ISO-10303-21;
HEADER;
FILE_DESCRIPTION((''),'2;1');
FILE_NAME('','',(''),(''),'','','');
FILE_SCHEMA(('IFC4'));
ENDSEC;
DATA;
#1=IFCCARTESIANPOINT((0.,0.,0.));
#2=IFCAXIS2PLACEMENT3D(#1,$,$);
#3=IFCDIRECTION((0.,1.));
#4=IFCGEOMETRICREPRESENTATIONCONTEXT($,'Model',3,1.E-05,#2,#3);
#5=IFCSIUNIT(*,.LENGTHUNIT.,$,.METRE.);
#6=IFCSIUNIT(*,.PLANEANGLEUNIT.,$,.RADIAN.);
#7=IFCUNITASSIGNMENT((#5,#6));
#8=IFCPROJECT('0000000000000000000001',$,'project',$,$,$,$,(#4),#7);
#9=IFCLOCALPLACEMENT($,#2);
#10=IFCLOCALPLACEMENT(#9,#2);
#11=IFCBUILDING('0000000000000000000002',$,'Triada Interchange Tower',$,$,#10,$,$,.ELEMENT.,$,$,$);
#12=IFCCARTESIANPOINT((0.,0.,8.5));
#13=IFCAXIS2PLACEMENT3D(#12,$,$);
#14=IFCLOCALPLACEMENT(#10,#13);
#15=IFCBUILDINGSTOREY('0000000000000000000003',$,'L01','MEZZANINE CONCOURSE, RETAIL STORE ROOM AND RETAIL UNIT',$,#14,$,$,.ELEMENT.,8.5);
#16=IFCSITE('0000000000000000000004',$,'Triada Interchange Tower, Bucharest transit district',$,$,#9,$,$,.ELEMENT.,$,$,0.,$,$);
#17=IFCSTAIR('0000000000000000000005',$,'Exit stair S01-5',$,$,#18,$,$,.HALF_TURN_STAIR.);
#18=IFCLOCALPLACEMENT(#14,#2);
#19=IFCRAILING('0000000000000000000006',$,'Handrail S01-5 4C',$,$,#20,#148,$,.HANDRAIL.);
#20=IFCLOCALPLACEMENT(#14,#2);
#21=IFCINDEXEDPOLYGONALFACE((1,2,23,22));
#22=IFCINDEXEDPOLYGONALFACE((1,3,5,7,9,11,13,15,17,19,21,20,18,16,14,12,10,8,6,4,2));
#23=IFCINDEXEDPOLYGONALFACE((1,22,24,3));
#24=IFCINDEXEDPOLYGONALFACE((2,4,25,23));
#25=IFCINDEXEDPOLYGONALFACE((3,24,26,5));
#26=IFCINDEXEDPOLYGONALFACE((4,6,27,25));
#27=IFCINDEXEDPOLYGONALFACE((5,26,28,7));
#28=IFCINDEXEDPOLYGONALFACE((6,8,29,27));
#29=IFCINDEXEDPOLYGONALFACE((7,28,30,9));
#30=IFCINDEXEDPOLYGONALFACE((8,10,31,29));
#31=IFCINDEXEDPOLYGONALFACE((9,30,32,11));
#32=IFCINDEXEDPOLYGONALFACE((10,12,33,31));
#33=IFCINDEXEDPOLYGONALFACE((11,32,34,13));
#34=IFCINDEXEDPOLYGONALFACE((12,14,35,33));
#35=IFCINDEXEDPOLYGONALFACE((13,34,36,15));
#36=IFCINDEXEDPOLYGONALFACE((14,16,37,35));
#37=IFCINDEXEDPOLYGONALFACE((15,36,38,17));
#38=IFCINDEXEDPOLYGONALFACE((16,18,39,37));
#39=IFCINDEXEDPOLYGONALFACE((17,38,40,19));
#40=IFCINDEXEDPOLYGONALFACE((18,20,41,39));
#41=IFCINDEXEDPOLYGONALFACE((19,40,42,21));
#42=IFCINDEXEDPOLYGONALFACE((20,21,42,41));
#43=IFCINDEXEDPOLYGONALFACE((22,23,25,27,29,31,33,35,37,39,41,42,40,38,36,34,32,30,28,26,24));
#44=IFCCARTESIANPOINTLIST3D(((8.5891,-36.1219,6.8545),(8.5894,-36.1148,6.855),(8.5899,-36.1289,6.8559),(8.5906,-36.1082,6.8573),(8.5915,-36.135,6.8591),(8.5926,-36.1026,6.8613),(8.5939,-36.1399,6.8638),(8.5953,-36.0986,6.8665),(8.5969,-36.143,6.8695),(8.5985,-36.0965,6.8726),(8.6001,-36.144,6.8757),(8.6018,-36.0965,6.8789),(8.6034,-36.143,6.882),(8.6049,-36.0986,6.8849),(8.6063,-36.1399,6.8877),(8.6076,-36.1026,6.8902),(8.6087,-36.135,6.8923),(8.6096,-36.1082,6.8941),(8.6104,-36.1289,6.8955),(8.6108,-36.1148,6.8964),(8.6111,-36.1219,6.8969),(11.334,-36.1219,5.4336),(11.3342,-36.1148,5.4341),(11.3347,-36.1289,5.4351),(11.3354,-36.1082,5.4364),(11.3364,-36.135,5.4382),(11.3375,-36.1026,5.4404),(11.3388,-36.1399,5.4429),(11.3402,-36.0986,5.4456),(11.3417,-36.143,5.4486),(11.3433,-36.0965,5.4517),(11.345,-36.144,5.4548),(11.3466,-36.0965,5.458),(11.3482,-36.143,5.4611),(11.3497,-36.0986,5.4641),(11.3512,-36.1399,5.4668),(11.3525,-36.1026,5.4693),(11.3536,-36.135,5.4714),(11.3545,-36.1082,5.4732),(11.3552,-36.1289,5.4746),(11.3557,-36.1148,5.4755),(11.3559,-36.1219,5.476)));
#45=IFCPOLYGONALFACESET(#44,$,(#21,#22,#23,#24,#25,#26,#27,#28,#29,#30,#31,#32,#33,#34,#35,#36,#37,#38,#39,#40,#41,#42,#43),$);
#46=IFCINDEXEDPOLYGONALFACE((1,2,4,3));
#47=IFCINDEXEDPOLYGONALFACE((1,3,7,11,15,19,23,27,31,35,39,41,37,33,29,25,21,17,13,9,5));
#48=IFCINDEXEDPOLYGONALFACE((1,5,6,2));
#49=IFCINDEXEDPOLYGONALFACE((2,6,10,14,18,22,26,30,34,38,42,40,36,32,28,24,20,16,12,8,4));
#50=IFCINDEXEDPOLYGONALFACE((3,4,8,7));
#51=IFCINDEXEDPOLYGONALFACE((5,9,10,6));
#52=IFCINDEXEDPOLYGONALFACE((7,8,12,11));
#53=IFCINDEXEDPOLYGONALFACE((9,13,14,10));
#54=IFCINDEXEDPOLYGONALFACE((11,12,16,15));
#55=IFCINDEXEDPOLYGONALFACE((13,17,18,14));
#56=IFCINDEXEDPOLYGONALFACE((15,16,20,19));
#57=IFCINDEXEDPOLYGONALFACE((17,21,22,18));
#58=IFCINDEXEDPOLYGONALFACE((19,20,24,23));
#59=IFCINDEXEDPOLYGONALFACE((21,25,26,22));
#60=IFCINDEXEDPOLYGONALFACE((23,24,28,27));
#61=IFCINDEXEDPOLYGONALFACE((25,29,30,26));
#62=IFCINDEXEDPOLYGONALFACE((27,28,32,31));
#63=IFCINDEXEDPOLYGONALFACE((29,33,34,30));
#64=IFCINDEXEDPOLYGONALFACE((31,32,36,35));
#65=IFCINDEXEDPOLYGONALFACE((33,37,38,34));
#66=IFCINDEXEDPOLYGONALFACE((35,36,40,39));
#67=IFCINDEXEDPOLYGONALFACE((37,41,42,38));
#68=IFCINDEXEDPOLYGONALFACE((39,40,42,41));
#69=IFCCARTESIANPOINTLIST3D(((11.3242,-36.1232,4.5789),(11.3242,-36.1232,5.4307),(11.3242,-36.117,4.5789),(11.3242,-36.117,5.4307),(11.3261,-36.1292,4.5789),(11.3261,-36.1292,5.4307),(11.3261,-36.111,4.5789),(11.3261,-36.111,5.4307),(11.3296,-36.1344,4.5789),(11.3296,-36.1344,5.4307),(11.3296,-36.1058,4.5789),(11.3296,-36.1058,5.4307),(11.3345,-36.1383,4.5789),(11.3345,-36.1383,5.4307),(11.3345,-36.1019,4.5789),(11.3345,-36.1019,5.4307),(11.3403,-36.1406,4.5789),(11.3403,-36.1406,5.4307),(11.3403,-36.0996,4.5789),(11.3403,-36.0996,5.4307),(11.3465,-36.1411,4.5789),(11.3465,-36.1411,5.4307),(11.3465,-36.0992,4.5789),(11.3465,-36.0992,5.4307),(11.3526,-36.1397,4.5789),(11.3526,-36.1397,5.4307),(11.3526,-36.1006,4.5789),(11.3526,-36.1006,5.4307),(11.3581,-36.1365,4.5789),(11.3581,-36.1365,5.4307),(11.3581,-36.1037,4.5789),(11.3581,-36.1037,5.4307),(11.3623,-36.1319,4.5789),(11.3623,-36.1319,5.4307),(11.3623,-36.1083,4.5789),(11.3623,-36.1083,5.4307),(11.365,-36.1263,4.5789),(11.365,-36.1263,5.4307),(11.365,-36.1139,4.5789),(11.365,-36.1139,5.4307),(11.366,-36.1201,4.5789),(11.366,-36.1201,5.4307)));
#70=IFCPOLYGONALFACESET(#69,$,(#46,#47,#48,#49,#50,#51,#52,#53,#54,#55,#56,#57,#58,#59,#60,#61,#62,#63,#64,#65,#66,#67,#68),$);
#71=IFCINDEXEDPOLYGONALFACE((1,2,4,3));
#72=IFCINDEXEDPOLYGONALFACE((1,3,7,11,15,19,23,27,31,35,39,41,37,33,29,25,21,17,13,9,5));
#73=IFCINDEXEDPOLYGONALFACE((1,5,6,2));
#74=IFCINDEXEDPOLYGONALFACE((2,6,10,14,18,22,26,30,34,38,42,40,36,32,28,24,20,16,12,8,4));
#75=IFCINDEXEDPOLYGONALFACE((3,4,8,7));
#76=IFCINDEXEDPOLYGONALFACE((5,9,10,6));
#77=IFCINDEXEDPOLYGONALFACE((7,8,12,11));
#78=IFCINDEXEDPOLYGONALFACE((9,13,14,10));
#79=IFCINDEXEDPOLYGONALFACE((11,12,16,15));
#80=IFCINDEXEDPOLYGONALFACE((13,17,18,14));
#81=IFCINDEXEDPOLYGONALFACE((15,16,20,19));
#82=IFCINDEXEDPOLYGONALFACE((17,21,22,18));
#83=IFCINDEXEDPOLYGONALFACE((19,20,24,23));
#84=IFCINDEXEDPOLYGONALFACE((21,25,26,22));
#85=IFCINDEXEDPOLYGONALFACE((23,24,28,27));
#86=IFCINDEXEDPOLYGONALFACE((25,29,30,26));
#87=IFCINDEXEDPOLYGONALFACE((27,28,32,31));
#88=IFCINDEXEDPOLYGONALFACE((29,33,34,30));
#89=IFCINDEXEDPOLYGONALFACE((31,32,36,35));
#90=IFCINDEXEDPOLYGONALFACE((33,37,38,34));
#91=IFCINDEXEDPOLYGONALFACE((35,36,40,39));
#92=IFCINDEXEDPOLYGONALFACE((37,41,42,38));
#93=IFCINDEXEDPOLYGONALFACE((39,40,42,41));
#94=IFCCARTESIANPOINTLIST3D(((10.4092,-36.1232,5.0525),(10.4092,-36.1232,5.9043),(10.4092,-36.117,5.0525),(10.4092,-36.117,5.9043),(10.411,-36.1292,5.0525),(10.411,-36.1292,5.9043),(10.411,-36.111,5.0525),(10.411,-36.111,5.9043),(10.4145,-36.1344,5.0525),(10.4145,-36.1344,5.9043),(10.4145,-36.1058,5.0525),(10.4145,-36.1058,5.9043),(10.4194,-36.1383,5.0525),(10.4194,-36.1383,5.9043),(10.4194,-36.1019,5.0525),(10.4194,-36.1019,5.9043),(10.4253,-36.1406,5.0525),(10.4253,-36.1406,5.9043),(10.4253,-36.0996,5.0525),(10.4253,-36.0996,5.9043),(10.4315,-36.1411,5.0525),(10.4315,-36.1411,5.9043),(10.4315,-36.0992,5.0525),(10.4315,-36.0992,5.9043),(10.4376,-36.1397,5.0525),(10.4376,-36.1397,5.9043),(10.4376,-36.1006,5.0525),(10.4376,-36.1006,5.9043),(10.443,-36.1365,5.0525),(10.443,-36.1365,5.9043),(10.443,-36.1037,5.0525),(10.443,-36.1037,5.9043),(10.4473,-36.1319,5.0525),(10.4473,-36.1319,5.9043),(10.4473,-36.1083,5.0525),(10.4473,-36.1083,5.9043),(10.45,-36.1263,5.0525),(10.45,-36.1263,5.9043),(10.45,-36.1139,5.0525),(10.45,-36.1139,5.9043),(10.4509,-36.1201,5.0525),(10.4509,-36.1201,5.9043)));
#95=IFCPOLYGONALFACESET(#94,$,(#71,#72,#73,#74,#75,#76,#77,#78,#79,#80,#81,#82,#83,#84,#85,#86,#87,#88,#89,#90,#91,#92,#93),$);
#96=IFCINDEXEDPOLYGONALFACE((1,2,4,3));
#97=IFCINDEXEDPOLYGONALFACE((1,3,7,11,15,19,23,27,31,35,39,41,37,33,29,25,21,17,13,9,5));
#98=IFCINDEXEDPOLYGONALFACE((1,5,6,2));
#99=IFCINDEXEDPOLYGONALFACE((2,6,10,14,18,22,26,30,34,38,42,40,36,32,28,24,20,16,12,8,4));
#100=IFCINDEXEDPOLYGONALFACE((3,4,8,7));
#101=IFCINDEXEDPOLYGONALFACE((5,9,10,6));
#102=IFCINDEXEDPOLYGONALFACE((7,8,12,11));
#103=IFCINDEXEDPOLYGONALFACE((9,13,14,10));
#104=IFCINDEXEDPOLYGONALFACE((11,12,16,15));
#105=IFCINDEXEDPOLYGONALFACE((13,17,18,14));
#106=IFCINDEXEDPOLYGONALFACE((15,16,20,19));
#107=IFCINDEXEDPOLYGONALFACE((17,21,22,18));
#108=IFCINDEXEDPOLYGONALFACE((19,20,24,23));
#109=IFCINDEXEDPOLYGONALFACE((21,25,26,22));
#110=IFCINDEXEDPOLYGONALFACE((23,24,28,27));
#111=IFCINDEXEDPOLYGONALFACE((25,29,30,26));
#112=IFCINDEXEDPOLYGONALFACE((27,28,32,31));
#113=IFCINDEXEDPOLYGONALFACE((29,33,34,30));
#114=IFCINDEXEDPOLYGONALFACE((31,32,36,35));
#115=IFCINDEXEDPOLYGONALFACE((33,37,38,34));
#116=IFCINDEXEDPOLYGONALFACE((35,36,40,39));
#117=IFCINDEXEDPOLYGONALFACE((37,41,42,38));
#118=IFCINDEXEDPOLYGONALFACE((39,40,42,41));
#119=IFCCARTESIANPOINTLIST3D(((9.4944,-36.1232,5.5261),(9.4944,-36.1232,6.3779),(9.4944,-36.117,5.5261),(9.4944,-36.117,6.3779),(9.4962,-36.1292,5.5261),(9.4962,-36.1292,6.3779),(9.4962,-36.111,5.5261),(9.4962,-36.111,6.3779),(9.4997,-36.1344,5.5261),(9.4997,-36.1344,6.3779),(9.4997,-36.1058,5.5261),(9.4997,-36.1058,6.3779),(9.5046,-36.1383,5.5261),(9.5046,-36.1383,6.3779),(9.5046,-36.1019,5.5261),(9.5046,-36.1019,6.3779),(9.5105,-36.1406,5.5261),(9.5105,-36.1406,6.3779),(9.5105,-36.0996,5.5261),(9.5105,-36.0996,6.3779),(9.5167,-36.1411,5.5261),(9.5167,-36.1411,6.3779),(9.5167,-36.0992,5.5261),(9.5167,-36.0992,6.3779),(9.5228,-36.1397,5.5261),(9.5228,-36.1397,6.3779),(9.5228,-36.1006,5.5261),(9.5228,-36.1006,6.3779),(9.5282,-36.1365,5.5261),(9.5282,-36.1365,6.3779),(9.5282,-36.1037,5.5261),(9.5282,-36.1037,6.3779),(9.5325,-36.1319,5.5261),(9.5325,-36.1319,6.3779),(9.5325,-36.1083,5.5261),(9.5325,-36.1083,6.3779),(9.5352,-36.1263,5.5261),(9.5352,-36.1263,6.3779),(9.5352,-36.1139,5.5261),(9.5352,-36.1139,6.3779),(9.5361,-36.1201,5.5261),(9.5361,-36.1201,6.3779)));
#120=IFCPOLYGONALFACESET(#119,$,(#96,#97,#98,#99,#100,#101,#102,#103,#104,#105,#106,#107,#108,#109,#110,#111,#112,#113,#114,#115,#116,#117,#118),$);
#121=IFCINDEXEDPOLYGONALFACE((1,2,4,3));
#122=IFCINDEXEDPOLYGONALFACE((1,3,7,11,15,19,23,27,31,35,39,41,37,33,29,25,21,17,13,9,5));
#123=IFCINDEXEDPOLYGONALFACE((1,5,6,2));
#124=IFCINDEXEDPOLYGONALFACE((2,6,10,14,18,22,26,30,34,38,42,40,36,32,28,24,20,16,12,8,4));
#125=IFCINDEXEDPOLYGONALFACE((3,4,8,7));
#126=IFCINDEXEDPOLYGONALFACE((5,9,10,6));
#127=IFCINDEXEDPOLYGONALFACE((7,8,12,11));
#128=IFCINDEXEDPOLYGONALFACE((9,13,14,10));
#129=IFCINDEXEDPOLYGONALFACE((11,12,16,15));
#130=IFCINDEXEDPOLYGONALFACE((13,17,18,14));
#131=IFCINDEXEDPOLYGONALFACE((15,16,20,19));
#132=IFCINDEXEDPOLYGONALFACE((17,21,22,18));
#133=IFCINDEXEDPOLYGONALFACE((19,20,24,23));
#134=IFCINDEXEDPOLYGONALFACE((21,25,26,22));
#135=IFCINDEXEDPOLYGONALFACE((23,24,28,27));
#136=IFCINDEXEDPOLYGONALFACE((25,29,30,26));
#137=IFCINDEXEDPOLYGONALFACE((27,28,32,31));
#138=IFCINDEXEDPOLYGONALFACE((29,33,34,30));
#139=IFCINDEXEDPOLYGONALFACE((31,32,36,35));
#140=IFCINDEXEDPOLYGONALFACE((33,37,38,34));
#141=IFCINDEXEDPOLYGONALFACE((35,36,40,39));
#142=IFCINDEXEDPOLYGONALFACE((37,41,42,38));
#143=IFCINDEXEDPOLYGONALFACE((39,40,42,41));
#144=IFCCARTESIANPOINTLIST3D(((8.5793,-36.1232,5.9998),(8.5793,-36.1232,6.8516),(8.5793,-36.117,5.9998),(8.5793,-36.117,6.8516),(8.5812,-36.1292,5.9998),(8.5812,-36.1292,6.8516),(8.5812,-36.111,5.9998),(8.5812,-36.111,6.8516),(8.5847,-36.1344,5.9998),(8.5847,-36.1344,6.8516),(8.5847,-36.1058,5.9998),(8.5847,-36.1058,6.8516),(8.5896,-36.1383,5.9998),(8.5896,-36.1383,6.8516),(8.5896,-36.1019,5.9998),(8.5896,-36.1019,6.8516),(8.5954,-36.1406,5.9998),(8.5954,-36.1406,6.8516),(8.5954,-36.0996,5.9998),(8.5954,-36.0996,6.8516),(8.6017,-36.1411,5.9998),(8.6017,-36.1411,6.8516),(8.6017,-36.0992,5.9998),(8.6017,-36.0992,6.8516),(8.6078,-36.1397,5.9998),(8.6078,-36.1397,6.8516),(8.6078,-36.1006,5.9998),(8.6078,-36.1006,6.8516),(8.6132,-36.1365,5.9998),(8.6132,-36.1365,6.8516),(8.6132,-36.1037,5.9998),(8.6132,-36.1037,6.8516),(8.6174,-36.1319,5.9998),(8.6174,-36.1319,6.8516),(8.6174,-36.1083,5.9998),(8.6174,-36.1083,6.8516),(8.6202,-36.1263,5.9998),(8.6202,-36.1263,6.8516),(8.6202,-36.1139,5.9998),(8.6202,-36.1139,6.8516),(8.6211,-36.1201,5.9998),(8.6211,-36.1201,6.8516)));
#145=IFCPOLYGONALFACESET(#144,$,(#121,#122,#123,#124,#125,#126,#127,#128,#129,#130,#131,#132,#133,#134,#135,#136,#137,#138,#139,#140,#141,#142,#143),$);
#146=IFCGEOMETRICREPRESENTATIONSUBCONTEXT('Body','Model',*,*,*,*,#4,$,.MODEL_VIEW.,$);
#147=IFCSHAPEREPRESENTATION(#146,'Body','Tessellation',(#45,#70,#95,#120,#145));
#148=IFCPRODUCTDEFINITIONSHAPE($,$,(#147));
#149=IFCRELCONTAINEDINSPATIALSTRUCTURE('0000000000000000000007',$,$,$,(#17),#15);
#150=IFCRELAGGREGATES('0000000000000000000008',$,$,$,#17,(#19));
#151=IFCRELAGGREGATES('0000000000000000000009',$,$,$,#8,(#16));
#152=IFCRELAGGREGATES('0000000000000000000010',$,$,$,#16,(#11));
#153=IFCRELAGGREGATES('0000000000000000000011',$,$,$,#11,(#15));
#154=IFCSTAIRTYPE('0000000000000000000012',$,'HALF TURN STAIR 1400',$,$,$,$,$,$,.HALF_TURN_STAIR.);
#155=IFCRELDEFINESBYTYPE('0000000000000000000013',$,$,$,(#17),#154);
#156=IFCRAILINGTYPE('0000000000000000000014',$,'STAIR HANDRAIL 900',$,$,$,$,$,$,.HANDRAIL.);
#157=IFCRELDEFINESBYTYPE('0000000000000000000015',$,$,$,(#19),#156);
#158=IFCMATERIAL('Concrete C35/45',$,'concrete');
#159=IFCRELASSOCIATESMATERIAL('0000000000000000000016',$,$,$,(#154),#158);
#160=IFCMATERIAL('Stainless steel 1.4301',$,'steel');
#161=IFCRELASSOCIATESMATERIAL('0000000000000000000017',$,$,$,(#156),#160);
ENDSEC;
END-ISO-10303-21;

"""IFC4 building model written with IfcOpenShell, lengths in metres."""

from ifc_helpers import new_model, si_unit, direction, frame, origin, origin_2d, place, context, subcontext, project, spatial, circle, extrude, material, type_object, element, aggregate, save


model = new_model("IFC4")

# Units and contexts
model_context = context("Model", 3, precision=1e-05, world=origin(), true_north=direction((0.0, 1.0)))
body_context = subcontext(model_context, "Body", "Model", "MODEL_VIEW")
ifc_project = project(units=[si_unit("LENGTHUNIT", "METRE"), si_unit("PLANEANGLEUNIT", "RADIAN")], contexts=[model_context])

# Site, building, storey
site_placement = place(None, origin())
site = spatial("IfcSite", under=ifc_project, at=site_placement, Name="Triada Interchange Tower, Bucharest transit district", CompositionType="ELEMENT", RefElevation=0.0)
building_placement = place(site_placement, origin())
building = spatial("IfcBuilding", under=site, at=building_placement, Name="Triada Interchange Tower", CompositionType="ELEMENT")
storey_placement = place(building_placement, frame((0.0, 0.0, 8.5)))
storey = spatial("IfcBuildingStorey", under=building, at=storey_placement, Name="L01", Description="MEZZANINE CONCOURSE, RETAIL STORE ROOM AND RETAIL UNIT", CompositionType="ELEMENT", Elevation=8.5)

# Stair, railing
ifc_material_1 = material(Name="Concrete C35/45", Category="concrete")
stair_type = type_object("IfcStairType", Name="HALF TURN STAIR 1400", PredefinedType="HALF_TURN_STAIR", material=ifc_material_1)
stair_placement = place(storey_placement, origin())
stair = element("IfcStair", 1, at=stair_placement, inside=storey, type_object=stair_type, Name="Exit stair S01-5", PredefinedType="HALF_TURN_STAIR")
ifc_material_2 = material(Name="Stainless steel 1.4301", Category="steel")
railing_type = type_object("IfcRailingType", Name="STAIR HANDRAIL 900", PredefinedType="HANDRAIL", material=ifc_material_2)
railing_1_placement = place(storey_placement, frame((11.345, -36.1201, 4.5789)))
railing_1 = element("IfcRailing", 2, at=railing_1_placement, type_object=railing_type, Name="Handrail S01-5 4C", PredefinedType="HANDRAIL", context=body_context, shape_type="SweptSolid", body=[
    extrude(circle(Radius=0.0239, at=origin_2d()), frame((0.0, 0.0, 0.876), z_axis=(-0.888068, 0.0, 0.459713), x_axis=(0.0, -1.0, 0.0)), (0.0, 0.0, 1.0), 3.0908),
    extrude(circle(Radius=0.021, at=origin_2d()), origin(), (0.0, 0.0, 1.0), 0.8518),
    extrude(circle(Radius=0.021, at=origin_2d()), frame((-0.915, 0.0, 0.4736)), (0.0, 0.0, 1.0), 0.8518),
    extrude(circle(Radius=0.021, at=origin_2d()), frame((-1.8298, 0.0, 0.9473)), (0.0, 0.0, 1.0), 0.8518),
    extrude(circle(Radius=0.021, at=origin_2d()), frame((-2.7449, 0.0, 1.4209)), (0.0, 0.0, 1.0), 0.8518),
])
aggregate(stair, [railing_1])

save(model, "model.ifc")
